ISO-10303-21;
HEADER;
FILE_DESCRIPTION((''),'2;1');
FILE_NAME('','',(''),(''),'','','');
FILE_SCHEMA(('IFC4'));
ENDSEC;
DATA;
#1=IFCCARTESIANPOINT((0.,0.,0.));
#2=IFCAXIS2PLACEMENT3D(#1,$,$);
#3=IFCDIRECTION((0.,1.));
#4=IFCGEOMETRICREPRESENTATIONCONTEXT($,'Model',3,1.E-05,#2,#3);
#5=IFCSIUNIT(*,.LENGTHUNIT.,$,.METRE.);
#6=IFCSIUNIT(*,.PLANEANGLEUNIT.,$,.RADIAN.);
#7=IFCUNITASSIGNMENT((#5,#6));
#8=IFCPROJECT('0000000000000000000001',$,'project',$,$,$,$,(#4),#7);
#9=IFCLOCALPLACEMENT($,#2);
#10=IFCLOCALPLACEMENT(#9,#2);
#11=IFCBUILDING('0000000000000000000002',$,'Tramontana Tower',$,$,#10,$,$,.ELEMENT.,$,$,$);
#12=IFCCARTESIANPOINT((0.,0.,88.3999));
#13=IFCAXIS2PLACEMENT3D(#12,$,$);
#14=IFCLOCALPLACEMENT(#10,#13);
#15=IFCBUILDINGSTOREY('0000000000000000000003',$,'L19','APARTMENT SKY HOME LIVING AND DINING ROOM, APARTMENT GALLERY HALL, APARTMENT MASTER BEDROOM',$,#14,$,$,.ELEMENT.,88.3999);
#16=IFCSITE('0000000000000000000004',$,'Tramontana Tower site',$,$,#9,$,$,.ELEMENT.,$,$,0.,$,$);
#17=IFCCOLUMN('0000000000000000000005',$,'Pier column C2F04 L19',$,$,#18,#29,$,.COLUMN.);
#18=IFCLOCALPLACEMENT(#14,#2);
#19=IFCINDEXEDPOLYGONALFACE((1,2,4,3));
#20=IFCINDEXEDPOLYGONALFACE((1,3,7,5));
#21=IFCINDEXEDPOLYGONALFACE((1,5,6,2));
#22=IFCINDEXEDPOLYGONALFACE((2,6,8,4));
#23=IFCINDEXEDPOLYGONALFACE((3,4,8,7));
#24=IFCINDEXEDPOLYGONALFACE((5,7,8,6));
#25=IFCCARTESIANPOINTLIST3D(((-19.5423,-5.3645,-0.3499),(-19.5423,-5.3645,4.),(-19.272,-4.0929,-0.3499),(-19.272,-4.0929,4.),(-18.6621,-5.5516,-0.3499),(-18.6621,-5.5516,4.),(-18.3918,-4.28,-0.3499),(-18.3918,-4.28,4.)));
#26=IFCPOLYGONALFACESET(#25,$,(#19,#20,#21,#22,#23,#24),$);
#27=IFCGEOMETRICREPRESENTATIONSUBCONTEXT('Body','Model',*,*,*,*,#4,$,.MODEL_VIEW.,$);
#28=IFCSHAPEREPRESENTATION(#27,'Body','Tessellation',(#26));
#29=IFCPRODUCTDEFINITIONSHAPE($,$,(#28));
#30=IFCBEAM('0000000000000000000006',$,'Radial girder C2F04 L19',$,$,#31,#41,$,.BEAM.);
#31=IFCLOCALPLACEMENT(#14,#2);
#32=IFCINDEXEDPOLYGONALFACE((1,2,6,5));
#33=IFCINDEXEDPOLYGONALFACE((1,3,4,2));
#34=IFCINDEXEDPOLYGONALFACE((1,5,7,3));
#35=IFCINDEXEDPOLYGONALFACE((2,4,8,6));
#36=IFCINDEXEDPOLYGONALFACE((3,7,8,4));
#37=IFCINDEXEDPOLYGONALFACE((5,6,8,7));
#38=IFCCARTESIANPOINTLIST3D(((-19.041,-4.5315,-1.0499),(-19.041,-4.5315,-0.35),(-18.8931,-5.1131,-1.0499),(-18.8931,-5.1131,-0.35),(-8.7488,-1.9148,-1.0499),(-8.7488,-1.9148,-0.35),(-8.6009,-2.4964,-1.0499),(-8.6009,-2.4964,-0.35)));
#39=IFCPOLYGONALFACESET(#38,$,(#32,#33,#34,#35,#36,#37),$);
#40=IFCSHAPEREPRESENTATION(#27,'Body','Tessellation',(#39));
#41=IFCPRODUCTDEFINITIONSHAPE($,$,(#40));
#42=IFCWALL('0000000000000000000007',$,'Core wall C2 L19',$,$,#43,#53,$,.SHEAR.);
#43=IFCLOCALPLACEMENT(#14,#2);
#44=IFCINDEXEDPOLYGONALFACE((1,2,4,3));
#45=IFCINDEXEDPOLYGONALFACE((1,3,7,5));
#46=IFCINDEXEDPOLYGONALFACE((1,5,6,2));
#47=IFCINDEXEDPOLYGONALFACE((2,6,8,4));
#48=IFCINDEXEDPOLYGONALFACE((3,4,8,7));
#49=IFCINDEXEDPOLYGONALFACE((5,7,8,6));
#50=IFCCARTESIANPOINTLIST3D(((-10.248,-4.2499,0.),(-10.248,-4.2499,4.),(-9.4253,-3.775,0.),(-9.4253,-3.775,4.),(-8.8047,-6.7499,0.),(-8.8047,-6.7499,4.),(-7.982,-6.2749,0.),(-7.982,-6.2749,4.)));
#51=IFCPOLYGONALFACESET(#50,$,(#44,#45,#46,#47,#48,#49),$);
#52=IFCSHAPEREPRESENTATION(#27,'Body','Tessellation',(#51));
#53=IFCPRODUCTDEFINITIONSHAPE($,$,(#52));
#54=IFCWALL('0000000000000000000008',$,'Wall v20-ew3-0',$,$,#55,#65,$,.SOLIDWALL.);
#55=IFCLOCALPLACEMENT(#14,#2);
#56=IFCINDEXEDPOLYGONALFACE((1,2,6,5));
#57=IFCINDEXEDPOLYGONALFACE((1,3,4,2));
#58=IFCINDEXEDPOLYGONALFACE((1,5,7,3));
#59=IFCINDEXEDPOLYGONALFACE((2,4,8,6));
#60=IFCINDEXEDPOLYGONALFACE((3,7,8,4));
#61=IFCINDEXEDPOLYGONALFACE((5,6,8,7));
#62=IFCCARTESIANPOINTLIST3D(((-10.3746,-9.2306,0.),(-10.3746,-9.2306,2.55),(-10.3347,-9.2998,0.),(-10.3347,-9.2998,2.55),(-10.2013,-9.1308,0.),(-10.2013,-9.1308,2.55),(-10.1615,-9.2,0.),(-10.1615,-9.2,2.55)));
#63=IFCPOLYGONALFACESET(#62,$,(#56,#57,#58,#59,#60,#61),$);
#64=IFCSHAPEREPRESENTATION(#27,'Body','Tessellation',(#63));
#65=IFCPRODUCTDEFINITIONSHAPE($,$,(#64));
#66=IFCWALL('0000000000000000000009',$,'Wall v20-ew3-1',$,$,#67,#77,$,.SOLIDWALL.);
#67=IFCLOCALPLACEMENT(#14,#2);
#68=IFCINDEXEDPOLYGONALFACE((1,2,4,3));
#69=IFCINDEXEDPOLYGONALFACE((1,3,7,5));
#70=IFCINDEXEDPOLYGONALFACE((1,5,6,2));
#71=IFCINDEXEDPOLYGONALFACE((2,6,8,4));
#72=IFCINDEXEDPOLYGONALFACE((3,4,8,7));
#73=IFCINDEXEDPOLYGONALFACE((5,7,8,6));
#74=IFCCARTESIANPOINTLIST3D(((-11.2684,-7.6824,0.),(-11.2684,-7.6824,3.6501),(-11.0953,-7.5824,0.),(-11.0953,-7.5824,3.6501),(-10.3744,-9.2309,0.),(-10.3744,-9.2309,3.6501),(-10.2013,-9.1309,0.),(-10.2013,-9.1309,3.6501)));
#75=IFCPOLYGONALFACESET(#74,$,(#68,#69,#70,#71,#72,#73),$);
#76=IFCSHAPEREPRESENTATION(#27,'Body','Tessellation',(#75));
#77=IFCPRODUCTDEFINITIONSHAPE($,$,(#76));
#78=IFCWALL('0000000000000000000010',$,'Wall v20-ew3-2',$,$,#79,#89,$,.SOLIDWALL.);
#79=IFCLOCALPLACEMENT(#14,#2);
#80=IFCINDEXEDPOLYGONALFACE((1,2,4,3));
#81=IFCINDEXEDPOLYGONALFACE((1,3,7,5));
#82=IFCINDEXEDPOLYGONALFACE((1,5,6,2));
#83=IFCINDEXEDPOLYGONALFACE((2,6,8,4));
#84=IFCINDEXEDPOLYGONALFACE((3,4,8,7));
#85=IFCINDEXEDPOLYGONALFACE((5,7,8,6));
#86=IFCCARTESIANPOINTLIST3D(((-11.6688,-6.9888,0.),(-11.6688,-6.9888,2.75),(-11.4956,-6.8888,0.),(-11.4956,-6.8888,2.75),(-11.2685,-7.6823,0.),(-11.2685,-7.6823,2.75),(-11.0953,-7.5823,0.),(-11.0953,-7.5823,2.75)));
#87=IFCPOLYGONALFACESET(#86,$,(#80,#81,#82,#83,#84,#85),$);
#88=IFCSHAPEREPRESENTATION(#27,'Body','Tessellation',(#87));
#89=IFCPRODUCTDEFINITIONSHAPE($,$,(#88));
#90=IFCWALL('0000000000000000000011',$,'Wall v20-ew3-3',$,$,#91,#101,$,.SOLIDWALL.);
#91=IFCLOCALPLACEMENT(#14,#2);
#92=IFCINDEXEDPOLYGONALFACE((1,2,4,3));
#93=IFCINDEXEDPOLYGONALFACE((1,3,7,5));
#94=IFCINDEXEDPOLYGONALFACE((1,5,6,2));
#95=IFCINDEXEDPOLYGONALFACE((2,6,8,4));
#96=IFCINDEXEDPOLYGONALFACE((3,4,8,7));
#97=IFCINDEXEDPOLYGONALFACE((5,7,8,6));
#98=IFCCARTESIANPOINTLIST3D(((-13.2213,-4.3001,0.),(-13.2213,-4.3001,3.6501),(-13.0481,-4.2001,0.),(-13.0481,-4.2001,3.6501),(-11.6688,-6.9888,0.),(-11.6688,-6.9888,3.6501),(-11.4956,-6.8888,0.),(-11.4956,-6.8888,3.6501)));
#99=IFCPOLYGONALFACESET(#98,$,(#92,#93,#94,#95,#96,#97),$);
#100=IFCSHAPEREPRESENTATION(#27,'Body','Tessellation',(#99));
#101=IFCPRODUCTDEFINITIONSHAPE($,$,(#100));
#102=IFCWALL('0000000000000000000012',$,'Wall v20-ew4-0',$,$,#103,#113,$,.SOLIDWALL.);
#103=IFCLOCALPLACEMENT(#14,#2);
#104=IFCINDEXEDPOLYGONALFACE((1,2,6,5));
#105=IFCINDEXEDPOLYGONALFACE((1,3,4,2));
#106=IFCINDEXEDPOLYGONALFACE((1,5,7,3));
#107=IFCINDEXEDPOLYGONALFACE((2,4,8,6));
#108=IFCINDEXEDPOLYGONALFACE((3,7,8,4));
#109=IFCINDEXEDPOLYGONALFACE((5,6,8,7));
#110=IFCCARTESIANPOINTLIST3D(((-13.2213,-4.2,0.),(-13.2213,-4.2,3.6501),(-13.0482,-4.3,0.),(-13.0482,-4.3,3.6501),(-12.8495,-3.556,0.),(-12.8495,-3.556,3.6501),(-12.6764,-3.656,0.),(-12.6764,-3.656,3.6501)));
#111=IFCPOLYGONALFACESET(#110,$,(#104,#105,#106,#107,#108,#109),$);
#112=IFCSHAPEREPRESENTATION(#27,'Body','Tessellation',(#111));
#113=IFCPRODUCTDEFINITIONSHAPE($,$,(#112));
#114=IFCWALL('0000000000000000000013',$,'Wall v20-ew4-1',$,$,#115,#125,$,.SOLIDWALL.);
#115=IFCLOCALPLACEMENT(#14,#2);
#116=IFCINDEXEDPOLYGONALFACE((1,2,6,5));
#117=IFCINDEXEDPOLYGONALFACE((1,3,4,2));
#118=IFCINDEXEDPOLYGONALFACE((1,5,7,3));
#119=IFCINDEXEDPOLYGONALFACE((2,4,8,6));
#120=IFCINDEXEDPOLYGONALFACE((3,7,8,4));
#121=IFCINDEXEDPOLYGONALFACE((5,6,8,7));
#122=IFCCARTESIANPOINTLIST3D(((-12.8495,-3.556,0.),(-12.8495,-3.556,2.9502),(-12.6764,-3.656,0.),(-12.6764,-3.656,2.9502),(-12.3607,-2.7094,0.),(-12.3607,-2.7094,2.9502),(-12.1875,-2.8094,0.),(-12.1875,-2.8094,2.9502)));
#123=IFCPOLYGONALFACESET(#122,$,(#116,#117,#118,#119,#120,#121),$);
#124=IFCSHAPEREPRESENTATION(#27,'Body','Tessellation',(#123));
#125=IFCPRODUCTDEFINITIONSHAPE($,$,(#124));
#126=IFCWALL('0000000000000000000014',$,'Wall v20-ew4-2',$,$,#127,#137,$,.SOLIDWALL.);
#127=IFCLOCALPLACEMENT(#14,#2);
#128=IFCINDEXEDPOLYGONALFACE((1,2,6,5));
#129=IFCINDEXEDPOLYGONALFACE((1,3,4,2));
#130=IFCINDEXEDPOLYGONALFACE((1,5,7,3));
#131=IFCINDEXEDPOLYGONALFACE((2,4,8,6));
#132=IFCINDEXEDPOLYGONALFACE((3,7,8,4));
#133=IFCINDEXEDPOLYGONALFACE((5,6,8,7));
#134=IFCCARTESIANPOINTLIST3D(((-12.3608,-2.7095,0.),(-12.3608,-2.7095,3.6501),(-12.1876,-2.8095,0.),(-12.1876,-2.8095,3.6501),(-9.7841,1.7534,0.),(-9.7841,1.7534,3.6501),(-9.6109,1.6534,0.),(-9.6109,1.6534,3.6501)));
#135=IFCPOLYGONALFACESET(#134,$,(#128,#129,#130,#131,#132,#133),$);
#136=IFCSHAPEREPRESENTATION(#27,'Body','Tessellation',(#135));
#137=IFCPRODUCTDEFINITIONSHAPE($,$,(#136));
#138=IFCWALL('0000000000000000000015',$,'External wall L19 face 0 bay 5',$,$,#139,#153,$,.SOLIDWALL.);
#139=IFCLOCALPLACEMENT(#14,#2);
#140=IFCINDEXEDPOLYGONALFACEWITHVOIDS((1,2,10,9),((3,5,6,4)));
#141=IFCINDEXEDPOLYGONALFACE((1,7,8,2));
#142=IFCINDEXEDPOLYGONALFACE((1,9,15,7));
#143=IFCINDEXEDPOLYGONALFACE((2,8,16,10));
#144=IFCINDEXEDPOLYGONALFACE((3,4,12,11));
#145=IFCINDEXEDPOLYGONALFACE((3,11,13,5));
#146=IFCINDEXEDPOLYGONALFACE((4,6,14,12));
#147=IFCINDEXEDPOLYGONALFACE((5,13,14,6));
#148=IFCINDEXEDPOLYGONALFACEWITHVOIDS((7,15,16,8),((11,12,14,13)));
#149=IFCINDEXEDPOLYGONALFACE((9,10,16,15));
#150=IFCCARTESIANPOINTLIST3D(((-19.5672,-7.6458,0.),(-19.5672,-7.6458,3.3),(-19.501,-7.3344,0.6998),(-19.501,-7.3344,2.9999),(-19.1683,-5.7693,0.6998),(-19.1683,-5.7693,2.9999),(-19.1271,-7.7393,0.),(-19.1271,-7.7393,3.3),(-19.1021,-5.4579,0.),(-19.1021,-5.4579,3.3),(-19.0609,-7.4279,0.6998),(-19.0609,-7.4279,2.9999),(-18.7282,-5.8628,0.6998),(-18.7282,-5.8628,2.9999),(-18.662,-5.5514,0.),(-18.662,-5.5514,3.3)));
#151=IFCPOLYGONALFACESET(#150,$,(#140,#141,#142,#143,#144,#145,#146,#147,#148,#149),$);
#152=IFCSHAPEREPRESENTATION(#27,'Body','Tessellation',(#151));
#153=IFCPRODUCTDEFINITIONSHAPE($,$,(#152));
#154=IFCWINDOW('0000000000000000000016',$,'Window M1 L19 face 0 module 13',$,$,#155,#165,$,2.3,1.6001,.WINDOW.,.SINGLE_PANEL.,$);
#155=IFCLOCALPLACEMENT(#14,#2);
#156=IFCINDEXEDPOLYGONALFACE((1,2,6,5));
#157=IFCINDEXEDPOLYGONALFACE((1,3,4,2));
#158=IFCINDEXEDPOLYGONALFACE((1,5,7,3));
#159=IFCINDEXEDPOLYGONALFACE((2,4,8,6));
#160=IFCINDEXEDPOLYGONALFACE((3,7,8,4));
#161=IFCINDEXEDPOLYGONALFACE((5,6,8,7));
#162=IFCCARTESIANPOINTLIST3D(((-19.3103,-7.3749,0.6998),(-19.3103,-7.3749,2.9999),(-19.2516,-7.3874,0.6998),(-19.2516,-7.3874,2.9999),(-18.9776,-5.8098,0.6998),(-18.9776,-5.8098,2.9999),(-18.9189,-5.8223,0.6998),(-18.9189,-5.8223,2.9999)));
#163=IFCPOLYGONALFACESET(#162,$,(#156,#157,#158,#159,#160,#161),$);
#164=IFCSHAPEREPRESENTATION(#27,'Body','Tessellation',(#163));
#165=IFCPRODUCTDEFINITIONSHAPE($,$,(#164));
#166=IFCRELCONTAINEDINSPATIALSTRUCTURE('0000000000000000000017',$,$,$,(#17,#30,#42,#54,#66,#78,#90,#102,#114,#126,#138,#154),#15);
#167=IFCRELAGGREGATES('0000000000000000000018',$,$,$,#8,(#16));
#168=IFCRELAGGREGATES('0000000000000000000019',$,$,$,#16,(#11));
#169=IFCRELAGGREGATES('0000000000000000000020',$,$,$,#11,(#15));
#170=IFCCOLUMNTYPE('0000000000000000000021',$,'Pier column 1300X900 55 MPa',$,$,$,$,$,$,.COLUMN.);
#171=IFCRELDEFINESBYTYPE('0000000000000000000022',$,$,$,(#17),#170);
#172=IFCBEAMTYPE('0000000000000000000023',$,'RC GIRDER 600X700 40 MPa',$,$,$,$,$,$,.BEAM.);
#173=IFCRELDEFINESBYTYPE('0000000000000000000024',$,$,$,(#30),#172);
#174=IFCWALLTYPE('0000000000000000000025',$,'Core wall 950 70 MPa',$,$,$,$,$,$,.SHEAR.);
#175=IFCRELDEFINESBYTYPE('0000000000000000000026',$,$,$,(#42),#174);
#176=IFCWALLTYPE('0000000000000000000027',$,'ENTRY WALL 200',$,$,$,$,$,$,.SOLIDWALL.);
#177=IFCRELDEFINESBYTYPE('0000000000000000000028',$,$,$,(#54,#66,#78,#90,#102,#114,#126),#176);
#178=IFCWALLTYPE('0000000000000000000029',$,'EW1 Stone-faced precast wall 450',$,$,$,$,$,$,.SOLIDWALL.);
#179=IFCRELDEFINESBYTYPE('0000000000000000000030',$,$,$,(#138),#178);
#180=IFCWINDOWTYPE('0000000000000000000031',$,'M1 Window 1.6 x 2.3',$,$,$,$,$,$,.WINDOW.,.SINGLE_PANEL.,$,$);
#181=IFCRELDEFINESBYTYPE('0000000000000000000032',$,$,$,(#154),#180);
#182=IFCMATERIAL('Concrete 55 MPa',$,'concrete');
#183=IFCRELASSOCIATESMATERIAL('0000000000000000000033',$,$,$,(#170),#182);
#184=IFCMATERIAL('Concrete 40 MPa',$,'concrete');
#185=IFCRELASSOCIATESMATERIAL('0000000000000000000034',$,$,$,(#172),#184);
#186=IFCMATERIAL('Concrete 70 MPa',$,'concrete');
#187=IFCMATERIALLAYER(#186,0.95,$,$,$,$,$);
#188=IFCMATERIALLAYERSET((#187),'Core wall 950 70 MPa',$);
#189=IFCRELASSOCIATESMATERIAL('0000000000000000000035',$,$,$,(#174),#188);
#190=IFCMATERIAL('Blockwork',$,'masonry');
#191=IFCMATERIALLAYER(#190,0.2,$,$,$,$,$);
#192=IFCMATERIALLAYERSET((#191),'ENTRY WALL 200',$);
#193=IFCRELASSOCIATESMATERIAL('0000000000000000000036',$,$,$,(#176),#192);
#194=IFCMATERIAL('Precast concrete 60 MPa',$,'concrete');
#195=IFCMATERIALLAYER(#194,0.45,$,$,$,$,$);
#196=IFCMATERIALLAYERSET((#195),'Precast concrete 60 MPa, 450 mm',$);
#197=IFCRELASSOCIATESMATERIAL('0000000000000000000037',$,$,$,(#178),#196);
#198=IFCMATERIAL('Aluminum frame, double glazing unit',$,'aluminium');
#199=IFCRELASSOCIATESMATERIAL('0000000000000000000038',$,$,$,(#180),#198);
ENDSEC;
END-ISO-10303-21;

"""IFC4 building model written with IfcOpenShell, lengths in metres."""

from ifc_helpers import new_model, si_unit, direction, frame, frame_2d, origin, origin_2d, place, context, subcontext, project, spatial, rectangle, extrude, material, layer, layer_set, material_profile, profile_set, type_object, element, fill, save


model = new_model("IFC4")

# Units and contexts
model_context = context("Model", 3, precision=1e-05, world=origin(), true_north=direction((0.0, 1.0)))
body_context = subcontext(model_context, "Body", "Model", "MODEL_VIEW")
ifc_project = project(units=[si_unit("LENGTHUNIT", "METRE"), si_unit("PLANEANGLEUNIT", "RADIAN")], contexts=[model_context])

# Site, building, storey
site_placement = place(None, origin())
site = spatial("IfcSite", under=ifc_project, at=site_placement, Name="Tramontana Tower site", CompositionType="ELEMENT", RefElevation=0.0)
building_placement = place(site_placement, origin())
building = spatial("IfcBuilding", under=site, at=building_placement, Name="Tramontana Tower", CompositionType="ELEMENT")
storey_placement = place(building_placement, frame((0.0, 0.0, 88.3999)))
storey = spatial("IfcBuildingStorey", under=building, at=storey_placement, Name="L19", Description="APARTMENT SKY HOME LIVING AND DINING ROOM, APARTMENT GALLERY HALL, APARTMENT MASTER BEDROOM", CompositionType="ELEMENT", Elevation=88.3999)

# Column
ifc_material_1 = material(Name="Concrete 55 MPa", Category="concrete")
ifc_material_profile_1 = material_profile(ifc_material_1, rectangle(XDim=1.3, YDim=0.8999, at=origin_2d()), Name="Pier column 1300X900 55 MPa")
ifc_profile_set_1 = profile_set([ifc_material_profile_1], Name="Concrete 55 MPa")
column_type = type_object("IfcColumnType", Name="Pier column 1300X900 55 MPa", PredefinedType="COLUMN", material=ifc_profile_set_1)
column_placement = place(storey_placement, frame((-18.967, -4.8223, -0.3499), z_axis=(0.0, 0.0, 1.0), x_axis=(-0.207912, -0.978148, 0.0)))
element("IfcColumn", 1, at=column_placement, inside=storey, type_object=column_type, Name="Pier column C2F04 L19", PredefinedType="COLUMN", context=body_context, shape_type="SweptSolid", body=[
    extrude(rectangle(XDim=1.3, YDim=0.8999, at=origin_2d()), origin(), (0.0, 0.0, 1.0), 4.3499),
])

# Beam
ifc_material_2 = material(Name="Concrete 40 MPa", Category="concrete")
ifc_material_profile_2 = material_profile(ifc_material_2, rectangle(XDim=0.6001, YDim=0.7, at=origin_2d()), Name="RC GIRDER 600X700 40 MPa")
ifc_profile_set_2 = profile_set([ifc_material_profile_2], Name="Concrete 40 MPa")
beam_type = type_object("IfcBeamType", Name="RC GIRDER 600X700 40 MPa", PredefinedType="BEAM", material=ifc_profile_set_2)
beam_placement = place(storey_placement, frame((-18.967, -4.8223, -0.7), z_axis=(0.969168, 0.246401, 0.0), x_axis=(-0.246401, 0.969168, 0.0)))
element("IfcBeam", 2, at=beam_placement, inside=storey, type_object=beam_type, Name="Radial girder C2F04 L19", PredefinedType="BEAM", context=body_context, shape_type="SweptSolid", body=[
    extrude(rectangle(XDim=0.6001, YDim=0.7, at=origin_2d()), origin(), (0.0, 0.0, 1.0), 10.6196),
])

# Walls
ifc_material_3 = material(Name="Concrete 70 MPa", Category="concrete")
ifc_layer_1 = layer(ifc_material_3, 0.95)
ifc_layer_set_1 = layer_set([ifc_layer_1], Name="Core wall 950 70 MPa")
wall_type_1 = type_object("IfcWallType", Name="Core wall 950 70 MPa", PredefinedType="SHEAR", material=ifc_layer_set_1)
wall_1_placement = place(storey_placement, frame((-9.8367, -4.0125, 0.0), z_axis=(0.0, 0.0, 1.0), x_axis=(0.499996, -0.866028, 0.0)))
element("IfcWall", 3, at=wall_1_placement, inside=storey, type_object=wall_type_1, Name="Core wall C2 L19", PredefinedType="SHEAR", context=body_context, shape_type="SweptSolid", body=[
    extrude(rectangle(XDim=2.8867, YDim=0.95, at=frame_2d((1.4434, 0.0))), origin(), (0.0, 0.0, 1.0), 4.0),
])
ifc_material_4 = material(Name="Blockwork", Category="masonry")
ifc_layer_2 = layer(ifc_material_4, 0.2)
ifc_layer_set_2 = layer_set([ifc_layer_2], Name="ENTRY WALL 200")
wall_type_2 = type_object("IfcWallType", Name="ENTRY WALL 200", PredefinedType="SOLIDWALL", material=ifc_layer_set_2)
wall_2_placement = place(storey_placement, frame((-10.248, -9.25, 0.0), z_axis=(0.0, 0.0, 1.0), x_axis=(-0.499104, 0.866542, 0.0)))
element("IfcWall", 4, at=wall_2_placement, inside=storey, type_object=wall_type_2, Name="Wall v20-ew3-0", PredefinedType="SOLIDWALL", context=body_context, shape_type="SweptSolid", body=[
    extrude(rectangle(XDim=0.0798, YDim=0.2, at=frame_2d((0.04, 0.0))), origin(), (0.0, 0.0, 1.0), 2.55),
])
wall_3_placement = place(storey_placement, frame((-10.2878, -9.1809, 0.0), z_axis=(0.0, 0.0, 1.0), x_axis=(-0.499986, 0.866033, 0.0)))
element("IfcWall", 5, at=wall_3_placement, inside=storey, type_object=wall_type_2, Name="Wall v20-ew3-1", PredefinedType="SOLIDWALL", context=body_context, shape_type="SweptSolid", body=[
    extrude(rectangle(XDim=1.7881, YDim=0.2, at=frame_2d((0.894, 0.0))), origin(), (0.0, 0.0, 1.0), 3.6501),
])
wall_4_placement = place(storey_placement, frame((-11.1819, -7.6323, 0.0), z_axis=(0.0, 0.0, 1.0), x_axis=(-0.499942, 0.866059, 0.0)))
element("IfcWall", 6, at=wall_4_placement, inside=storey, type_object=wall_type_2, Name="Wall v20-ew3-2", PredefinedType="SOLIDWALL", context=body_context, shape_type="SweptSolid", body=[
    extrude(rectangle(XDim=0.8008, YDim=0.2, at=frame_2d((0.4004, 0.0))), origin(), (0.0, 0.0, 1.0), 2.75),
])
wall_5_placement = place(storey_placement, frame((-11.5823, -6.9387, 0.0), z_axis=(0.0, 0.0, 1.0), x_axis=(-0.500038, 0.866004, 0.0)))
element("IfcWall", 7, at=wall_5_placement, inside=storey, type_object=wall_type_2, Name="Wall v20-ew3-3", PredefinedType="SOLIDWALL", context=body_context, shape_type="SweptSolid", body=[
    extrude(rectangle(XDim=3.1047, YDim=0.2, at=frame_2d((1.5522, 0.0))), origin(), (0.0, 0.0, 1.0), 3.6501),
])
wall_6_placement = place(storey_placement, frame((-13.1348, -4.25, 0.0), z_axis=(0.0, 0.0, 1.0), x_axis=(0.499988, 0.866033, 0.0)))
element("IfcWall", 8, at=wall_6_placement, inside=storey, type_object=wall_type_2, Name="Wall v20-ew4-0", PredefinedType="SOLIDWALL", context=body_context, shape_type="SweptSolid", body=[
    extrude(rectangle(XDim=0.7437, YDim=0.2, at=frame_2d((0.3718, 0.0))), origin(), (0.0, 0.0, 1.0), 3.6501),
])
wall_7_placement = place(storey_placement, frame((-12.7629, -3.606, 0.0), z_axis=(0.0, 0.0, 1.0), x_axis=(0.500061, 0.86599, 0.0)))
element("IfcWall", 9, at=wall_7_placement, inside=storey, type_object=wall_type_2, Name="Wall v20-ew4-1", PredefinedType="SOLIDWALL", context=body_context, shape_type="SweptSolid", body=[
    extrude(rectangle(XDim=0.9775, YDim=0.2, at=frame_2d((0.4888, 0.0))), origin(), (0.0, 0.0, 1.0), 2.9502),
])
wall_8_placement = place(storey_placement, frame((-12.2742, -2.7595, 0.0), z_axis=(0.0, 0.0, 1.0), x_axis=(0.500001, 0.866025, 0.0)))
element("IfcWall", 10, at=wall_8_placement, inside=storey, type_object=wall_type_2, Name="Wall v20-ew4-2", PredefinedType="SOLIDWALL", context=body_context, shape_type="SweptSolid", body=[
    extrude(rectangle(XDim=5.1533, YDim=0.2, at=frame_2d((2.5767, 0.0))), origin(), (0.0, 0.0, 1.0), 3.6501),
])

# Wall, opening, window
ifc_material_5 = material(Name="Precast concrete 60 MPa", Category="concrete")
ifc_layer_3 = layer(ifc_material_5, 0.45)
ifc_layer_set_3 = layer_set([ifc_layer_3], Name="Precast concrete 60 MPa, 450 mm")
wall_type_3 = type_object("IfcWallType", Name="EW1 Stone-faced precast wall 450", PredefinedType="SOLIDWALL", material=ifc_layer_set_3)
wall_9_placement = place(storey_placement, frame((-18.8821, -5.5046, 0.0), z_axis=(0.0, 0.0, 1.0), x_axis=(-0.207919, -0.978146, 0.0)))
wall_9 = element("IfcWall", 11, at=wall_9_placement, inside=storey, type_object=wall_type_3, Name="External wall L19 face 0 bay 5", PredefinedType="SOLIDWALL", context=body_context, shape_type="SweptSolid", body=[
    extrude(rectangle(XDim=2.2368, YDim=0.45, at=frame_2d((1.1184, 0.0))), origin(), (0.0, 0.0, 1.0), 3.3),
])
opening_1_placement = place(wall_9_placement, frame((0.3184, 0.0, 0.7)))
opening_1 = element("IfcOpeningElement", 12, at=opening_1_placement, cuts=wall_9, PredefinedType="OPENING", context=body_context, shape_type="SweptSolid", body=[
    extrude(rectangle(XDim=1.6001, YDim=2.3, at=frame_2d((0.8, 1.1499))), frame((0.0, 0.2349, 0.0), z_axis=(0.0, -1.0, 0.0), x_axis=(1.0, 0.0, 0.0)), (0.0, 0.0, 1.0), 0.47),
])
ifc_material_6 = material(Name="Aluminum frame, double glazing unit", Category="aluminium")
window_type = type_object("IfcWindowType", Name="M1 Window 1.6 x 2.3", PartitioningType="SINGLE_PANEL", PredefinedType="WINDOW", material=ifc_material_6)
window_1_placement = place(opening_1_placement, origin())
window_1 = element("IfcWindow", 13, at=window_1_placement, inside=storey, type_object=window_type, Name="Window M1 L19 face 0 module 13", OverallHeight=2.3, OverallWidth=1.6001, PartitioningType="SINGLE_PANEL", PredefinedType="WINDOW", context=body_context, shape_type="SweptSolid", body=[
    extrude(rectangle(XDim=1.6001, YDim=2.3, at=frame_2d((0.8, 1.1499))), frame((0.0, 0.03, 0.0), z_axis=(0.0, -1.0, 0.0), x_axis=(1.0, 0.0, 0.0)), (0.0, 0.0, 1.0), 0.0601),
])
fill(opening_1, window_1)

save(model, "model.ifc")
